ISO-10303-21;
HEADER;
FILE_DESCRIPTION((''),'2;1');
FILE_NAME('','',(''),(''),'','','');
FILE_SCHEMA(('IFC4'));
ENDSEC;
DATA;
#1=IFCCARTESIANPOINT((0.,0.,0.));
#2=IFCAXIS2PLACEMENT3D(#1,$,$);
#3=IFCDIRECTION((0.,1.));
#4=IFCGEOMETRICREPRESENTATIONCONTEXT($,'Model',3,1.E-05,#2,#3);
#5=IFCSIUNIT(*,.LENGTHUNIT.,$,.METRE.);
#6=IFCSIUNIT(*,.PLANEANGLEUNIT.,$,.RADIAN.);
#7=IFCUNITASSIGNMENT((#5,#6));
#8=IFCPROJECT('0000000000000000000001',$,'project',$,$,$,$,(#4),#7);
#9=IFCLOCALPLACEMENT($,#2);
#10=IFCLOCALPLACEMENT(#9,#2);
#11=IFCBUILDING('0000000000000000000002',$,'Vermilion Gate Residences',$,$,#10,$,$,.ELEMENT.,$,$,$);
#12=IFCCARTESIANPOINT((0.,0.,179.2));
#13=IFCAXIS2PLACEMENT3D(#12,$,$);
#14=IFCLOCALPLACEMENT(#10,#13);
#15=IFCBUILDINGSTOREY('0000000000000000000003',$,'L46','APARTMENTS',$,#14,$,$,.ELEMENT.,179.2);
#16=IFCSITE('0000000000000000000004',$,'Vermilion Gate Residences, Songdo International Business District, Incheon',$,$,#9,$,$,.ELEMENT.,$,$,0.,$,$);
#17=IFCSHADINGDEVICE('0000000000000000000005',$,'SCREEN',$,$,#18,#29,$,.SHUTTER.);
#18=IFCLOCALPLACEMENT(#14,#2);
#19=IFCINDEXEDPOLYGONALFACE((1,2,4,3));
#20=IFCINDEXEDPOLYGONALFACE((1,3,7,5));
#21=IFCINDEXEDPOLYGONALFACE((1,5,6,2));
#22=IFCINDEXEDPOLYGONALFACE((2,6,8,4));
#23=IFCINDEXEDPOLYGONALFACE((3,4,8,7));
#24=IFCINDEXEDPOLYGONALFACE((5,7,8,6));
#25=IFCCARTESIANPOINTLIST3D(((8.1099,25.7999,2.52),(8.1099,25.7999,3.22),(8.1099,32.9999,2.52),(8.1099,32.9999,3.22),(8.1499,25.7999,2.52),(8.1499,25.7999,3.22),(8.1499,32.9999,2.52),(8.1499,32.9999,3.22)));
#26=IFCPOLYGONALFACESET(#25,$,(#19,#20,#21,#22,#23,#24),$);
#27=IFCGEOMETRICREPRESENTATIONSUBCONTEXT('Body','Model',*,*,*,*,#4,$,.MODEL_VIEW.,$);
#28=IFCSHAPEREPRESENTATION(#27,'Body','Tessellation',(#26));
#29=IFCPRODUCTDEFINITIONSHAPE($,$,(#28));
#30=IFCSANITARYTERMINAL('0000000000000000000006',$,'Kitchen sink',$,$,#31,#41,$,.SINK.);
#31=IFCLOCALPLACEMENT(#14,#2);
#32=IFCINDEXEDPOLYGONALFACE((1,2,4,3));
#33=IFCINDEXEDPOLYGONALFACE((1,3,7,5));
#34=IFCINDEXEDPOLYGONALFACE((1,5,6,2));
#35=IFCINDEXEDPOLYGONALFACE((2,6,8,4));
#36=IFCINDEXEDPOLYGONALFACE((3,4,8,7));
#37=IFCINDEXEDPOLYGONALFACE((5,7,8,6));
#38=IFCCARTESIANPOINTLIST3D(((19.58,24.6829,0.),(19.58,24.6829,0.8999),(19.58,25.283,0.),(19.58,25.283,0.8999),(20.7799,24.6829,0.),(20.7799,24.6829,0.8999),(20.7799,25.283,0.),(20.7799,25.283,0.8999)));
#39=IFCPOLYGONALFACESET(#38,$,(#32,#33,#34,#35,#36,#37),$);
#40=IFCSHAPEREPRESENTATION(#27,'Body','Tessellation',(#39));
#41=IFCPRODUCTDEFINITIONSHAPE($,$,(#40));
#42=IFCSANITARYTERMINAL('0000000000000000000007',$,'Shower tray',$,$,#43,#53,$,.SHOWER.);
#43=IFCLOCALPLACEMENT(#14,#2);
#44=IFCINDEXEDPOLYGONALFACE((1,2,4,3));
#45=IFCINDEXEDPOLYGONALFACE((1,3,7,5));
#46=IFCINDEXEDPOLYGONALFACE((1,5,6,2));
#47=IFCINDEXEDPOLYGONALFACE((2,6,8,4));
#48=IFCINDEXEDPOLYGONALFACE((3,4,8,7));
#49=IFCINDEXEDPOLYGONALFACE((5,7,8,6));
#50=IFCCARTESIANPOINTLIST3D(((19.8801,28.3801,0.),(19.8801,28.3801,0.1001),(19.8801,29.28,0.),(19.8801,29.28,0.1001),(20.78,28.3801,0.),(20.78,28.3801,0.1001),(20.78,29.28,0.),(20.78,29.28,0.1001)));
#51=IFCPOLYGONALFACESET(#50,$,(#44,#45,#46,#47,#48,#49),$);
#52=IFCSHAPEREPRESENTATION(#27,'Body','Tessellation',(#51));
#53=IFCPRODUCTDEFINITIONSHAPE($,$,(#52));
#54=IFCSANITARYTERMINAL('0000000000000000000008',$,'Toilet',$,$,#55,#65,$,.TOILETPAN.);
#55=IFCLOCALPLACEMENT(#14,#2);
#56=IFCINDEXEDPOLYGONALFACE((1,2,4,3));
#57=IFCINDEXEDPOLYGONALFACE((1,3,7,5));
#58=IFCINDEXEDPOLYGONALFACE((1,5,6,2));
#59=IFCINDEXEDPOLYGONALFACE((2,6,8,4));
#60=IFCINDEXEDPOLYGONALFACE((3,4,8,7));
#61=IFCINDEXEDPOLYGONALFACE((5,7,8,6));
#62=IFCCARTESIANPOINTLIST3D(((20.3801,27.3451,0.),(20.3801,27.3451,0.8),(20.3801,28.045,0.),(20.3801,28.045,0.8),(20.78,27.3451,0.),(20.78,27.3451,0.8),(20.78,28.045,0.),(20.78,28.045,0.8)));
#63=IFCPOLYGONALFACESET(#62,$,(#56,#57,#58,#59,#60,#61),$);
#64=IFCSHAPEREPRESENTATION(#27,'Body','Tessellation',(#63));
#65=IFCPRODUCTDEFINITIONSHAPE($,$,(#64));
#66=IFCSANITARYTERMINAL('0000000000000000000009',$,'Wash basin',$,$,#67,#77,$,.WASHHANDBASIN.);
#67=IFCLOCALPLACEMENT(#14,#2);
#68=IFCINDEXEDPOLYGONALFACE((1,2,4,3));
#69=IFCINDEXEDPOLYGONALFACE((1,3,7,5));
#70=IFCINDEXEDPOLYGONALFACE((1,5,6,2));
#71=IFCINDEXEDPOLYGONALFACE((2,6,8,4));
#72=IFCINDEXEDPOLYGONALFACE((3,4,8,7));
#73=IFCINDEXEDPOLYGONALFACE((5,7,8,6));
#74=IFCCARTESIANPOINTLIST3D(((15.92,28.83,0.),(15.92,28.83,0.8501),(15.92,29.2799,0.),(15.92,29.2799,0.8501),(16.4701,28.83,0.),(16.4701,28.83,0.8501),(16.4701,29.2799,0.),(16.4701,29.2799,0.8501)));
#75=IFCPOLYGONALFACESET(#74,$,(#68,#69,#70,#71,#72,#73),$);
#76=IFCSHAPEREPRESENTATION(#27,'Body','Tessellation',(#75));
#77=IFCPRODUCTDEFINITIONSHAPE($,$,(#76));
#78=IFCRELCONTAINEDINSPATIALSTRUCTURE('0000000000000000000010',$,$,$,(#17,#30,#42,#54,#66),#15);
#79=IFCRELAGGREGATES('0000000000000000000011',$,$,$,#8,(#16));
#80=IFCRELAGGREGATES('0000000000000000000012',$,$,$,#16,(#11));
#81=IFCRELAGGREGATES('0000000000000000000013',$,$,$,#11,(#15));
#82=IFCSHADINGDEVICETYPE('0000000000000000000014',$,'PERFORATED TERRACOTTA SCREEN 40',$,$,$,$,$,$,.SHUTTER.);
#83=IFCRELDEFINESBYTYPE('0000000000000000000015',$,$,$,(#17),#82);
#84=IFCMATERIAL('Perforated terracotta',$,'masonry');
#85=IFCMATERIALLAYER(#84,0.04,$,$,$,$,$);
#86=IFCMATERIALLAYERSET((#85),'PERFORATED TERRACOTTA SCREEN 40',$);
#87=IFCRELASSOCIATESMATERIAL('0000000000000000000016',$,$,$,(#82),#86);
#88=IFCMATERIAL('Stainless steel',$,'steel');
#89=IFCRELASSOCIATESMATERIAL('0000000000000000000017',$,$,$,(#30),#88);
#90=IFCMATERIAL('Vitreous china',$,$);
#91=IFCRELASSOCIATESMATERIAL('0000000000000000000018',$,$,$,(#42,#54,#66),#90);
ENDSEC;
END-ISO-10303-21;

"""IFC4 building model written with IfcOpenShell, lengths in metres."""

from ifc_helpers import new_model, si_unit, direction, frame, origin, origin_2d, place, context, subcontext, project, spatial, rectangle, extrude, material, layer, layer_set, type_object, element, save


model = new_model("IFC4")

# Units and contexts
model_context = context("Model", 3, precision=1e-05, world=origin(), true_north=direction((0.0, 1.0)))
body_context = subcontext(model_context, "Body", "Model", "MODEL_VIEW")
ifc_project = project(units=[si_unit("LENGTHUNIT", "METRE"), si_unit("PLANEANGLEUNIT", "RADIAN")], contexts=[model_context])

# Site, building, storey
site_placement = place(None, origin())
site = spatial("IfcSite", under=ifc_project, at=site_placement, Name="Vermilion Gate Residences, Songdo International Business District, Incheon", CompositionType="ELEMENT", RefElevation=0.0)
building_placement = place(site_placement, origin())
building = spatial("IfcBuilding", under=site, at=building_placement, Name="Vermilion Gate Residences", CompositionType="ELEMENT")
storey_placement = place(building_placement, frame((0.0, 0.0, 179.2)))
storey = spatial("IfcBuildingStorey", under=building, at=storey_placement, Name="L46", Description="APARTMENTS", CompositionType="ELEMENT", Elevation=179.2)

# Shading device
ifc_material_1 = material(Name="Perforated terracotta", Category="masonry")
ifc_layer_1 = layer(ifc_material_1, 0.04)
ifc_layer_set_1 = layer_set([ifc_layer_1], Name="PERFORATED TERRACOTTA SCREEN 40")
shading_device_type = type_object("IfcShadingDeviceType", Name="PERFORATED TERRACOTTA SCREEN 40", PredefinedType="SHUTTER", material=ifc_layer_set_1)
shading_device_placement = place(storey_placement, frame((8.1299, 29.3999, 2.52), z_axis=(0.0, 0.0, 1.0), x_axis=(0.0, -1.0, 0.0)))
element("IfcShadingDevice", 1, at=shading_device_placement, inside=storey, type_object=shading_device_type, Name="SCREEN", PredefinedType="SHUTTER", context=body_context, shape_type="SweptSolid", body=[
    extrude(rectangle(XDim=7.2, YDim=0.04, at=origin_2d()), origin(), (0.0, 0.0, 1.0), 0.7),
])

# Sanitary terminals
ifc_material_2 = material(Name="Stainless steel", Category="steel")
sanitary_terminal_1_placement = place(storey_placement, frame((20.1799, 24.9829, 0.0), z_axis=(0.0, 0.0, 1.0), x_axis=(1.0, 0.0, 0.0)))
element("IfcSanitaryTerminal", 2, at=sanitary_terminal_1_placement, inside=storey, material=ifc_material_2, Name="Kitchen sink", PredefinedType="SINK", context=body_context, shape_type="SweptSolid", body=[
    extrude(rectangle(XDim=1.2, YDim=0.6001, at=origin_2d()), origin(), (0.0, 0.0, 1.0), 0.8999),
])
ifc_material_3 = material(Name="Vitreous china")
sanitary_terminal_2_placement = place(storey_placement, frame((20.3301, 28.8301, 0.0), z_axis=(0.0, 0.0, 1.0), x_axis=(1.0, 0.0, 0.0)))
element("IfcSanitaryTerminal", 3, at=sanitary_terminal_2_placement, inside=storey, material=ifc_material_3, Name="Shower tray", PredefinedType="SHOWER", context=body_context, shape_type="SweptSolid", body=[
    extrude(rectangle(XDim=0.8999, YDim=0.8999, at=origin_2d()), origin(), (0.0, 0.0, 1.0), 0.1001),
])
sanitary_terminal_3_placement = place(storey_placement, frame((20.5801, 27.6951, 0.0), z_axis=(0.0, 0.0, 1.0), x_axis=(1.0, 0.0, 0.0)))
element("IfcSanitaryTerminal", 4, at=sanitary_terminal_3_placement, inside=storey, material=ifc_material_3, Name="Toilet", PredefinedType="TOILETPAN", context=body_context, shape_type="SweptSolid", body=[
    extrude(rectangle(XDim=0.3999, YDim=0.7, at=origin_2d()), origin(), (0.0, 0.0, 1.0), 0.8),
])
sanitary_terminal_4_placement = place(storey_placement, frame((16.1951, 29.0549, 0.0), z_axis=(0.0, 0.0, 1.0), x_axis=(1.0, 0.0, 0.0)))
element("IfcSanitaryTerminal", 5, at=sanitary_terminal_4_placement, inside=storey, material=ifc_material_3, Name="Wash basin", PredefinedType="WASHHANDBASIN", context=body_context, shape_type="SweptSolid", body=[
    extrude(rectangle(XDim=0.55, YDim=0.45, at=origin_2d()), origin(), (0.0, 0.0, 1.0), 0.8501),
])

save(model, "model.ifc")
